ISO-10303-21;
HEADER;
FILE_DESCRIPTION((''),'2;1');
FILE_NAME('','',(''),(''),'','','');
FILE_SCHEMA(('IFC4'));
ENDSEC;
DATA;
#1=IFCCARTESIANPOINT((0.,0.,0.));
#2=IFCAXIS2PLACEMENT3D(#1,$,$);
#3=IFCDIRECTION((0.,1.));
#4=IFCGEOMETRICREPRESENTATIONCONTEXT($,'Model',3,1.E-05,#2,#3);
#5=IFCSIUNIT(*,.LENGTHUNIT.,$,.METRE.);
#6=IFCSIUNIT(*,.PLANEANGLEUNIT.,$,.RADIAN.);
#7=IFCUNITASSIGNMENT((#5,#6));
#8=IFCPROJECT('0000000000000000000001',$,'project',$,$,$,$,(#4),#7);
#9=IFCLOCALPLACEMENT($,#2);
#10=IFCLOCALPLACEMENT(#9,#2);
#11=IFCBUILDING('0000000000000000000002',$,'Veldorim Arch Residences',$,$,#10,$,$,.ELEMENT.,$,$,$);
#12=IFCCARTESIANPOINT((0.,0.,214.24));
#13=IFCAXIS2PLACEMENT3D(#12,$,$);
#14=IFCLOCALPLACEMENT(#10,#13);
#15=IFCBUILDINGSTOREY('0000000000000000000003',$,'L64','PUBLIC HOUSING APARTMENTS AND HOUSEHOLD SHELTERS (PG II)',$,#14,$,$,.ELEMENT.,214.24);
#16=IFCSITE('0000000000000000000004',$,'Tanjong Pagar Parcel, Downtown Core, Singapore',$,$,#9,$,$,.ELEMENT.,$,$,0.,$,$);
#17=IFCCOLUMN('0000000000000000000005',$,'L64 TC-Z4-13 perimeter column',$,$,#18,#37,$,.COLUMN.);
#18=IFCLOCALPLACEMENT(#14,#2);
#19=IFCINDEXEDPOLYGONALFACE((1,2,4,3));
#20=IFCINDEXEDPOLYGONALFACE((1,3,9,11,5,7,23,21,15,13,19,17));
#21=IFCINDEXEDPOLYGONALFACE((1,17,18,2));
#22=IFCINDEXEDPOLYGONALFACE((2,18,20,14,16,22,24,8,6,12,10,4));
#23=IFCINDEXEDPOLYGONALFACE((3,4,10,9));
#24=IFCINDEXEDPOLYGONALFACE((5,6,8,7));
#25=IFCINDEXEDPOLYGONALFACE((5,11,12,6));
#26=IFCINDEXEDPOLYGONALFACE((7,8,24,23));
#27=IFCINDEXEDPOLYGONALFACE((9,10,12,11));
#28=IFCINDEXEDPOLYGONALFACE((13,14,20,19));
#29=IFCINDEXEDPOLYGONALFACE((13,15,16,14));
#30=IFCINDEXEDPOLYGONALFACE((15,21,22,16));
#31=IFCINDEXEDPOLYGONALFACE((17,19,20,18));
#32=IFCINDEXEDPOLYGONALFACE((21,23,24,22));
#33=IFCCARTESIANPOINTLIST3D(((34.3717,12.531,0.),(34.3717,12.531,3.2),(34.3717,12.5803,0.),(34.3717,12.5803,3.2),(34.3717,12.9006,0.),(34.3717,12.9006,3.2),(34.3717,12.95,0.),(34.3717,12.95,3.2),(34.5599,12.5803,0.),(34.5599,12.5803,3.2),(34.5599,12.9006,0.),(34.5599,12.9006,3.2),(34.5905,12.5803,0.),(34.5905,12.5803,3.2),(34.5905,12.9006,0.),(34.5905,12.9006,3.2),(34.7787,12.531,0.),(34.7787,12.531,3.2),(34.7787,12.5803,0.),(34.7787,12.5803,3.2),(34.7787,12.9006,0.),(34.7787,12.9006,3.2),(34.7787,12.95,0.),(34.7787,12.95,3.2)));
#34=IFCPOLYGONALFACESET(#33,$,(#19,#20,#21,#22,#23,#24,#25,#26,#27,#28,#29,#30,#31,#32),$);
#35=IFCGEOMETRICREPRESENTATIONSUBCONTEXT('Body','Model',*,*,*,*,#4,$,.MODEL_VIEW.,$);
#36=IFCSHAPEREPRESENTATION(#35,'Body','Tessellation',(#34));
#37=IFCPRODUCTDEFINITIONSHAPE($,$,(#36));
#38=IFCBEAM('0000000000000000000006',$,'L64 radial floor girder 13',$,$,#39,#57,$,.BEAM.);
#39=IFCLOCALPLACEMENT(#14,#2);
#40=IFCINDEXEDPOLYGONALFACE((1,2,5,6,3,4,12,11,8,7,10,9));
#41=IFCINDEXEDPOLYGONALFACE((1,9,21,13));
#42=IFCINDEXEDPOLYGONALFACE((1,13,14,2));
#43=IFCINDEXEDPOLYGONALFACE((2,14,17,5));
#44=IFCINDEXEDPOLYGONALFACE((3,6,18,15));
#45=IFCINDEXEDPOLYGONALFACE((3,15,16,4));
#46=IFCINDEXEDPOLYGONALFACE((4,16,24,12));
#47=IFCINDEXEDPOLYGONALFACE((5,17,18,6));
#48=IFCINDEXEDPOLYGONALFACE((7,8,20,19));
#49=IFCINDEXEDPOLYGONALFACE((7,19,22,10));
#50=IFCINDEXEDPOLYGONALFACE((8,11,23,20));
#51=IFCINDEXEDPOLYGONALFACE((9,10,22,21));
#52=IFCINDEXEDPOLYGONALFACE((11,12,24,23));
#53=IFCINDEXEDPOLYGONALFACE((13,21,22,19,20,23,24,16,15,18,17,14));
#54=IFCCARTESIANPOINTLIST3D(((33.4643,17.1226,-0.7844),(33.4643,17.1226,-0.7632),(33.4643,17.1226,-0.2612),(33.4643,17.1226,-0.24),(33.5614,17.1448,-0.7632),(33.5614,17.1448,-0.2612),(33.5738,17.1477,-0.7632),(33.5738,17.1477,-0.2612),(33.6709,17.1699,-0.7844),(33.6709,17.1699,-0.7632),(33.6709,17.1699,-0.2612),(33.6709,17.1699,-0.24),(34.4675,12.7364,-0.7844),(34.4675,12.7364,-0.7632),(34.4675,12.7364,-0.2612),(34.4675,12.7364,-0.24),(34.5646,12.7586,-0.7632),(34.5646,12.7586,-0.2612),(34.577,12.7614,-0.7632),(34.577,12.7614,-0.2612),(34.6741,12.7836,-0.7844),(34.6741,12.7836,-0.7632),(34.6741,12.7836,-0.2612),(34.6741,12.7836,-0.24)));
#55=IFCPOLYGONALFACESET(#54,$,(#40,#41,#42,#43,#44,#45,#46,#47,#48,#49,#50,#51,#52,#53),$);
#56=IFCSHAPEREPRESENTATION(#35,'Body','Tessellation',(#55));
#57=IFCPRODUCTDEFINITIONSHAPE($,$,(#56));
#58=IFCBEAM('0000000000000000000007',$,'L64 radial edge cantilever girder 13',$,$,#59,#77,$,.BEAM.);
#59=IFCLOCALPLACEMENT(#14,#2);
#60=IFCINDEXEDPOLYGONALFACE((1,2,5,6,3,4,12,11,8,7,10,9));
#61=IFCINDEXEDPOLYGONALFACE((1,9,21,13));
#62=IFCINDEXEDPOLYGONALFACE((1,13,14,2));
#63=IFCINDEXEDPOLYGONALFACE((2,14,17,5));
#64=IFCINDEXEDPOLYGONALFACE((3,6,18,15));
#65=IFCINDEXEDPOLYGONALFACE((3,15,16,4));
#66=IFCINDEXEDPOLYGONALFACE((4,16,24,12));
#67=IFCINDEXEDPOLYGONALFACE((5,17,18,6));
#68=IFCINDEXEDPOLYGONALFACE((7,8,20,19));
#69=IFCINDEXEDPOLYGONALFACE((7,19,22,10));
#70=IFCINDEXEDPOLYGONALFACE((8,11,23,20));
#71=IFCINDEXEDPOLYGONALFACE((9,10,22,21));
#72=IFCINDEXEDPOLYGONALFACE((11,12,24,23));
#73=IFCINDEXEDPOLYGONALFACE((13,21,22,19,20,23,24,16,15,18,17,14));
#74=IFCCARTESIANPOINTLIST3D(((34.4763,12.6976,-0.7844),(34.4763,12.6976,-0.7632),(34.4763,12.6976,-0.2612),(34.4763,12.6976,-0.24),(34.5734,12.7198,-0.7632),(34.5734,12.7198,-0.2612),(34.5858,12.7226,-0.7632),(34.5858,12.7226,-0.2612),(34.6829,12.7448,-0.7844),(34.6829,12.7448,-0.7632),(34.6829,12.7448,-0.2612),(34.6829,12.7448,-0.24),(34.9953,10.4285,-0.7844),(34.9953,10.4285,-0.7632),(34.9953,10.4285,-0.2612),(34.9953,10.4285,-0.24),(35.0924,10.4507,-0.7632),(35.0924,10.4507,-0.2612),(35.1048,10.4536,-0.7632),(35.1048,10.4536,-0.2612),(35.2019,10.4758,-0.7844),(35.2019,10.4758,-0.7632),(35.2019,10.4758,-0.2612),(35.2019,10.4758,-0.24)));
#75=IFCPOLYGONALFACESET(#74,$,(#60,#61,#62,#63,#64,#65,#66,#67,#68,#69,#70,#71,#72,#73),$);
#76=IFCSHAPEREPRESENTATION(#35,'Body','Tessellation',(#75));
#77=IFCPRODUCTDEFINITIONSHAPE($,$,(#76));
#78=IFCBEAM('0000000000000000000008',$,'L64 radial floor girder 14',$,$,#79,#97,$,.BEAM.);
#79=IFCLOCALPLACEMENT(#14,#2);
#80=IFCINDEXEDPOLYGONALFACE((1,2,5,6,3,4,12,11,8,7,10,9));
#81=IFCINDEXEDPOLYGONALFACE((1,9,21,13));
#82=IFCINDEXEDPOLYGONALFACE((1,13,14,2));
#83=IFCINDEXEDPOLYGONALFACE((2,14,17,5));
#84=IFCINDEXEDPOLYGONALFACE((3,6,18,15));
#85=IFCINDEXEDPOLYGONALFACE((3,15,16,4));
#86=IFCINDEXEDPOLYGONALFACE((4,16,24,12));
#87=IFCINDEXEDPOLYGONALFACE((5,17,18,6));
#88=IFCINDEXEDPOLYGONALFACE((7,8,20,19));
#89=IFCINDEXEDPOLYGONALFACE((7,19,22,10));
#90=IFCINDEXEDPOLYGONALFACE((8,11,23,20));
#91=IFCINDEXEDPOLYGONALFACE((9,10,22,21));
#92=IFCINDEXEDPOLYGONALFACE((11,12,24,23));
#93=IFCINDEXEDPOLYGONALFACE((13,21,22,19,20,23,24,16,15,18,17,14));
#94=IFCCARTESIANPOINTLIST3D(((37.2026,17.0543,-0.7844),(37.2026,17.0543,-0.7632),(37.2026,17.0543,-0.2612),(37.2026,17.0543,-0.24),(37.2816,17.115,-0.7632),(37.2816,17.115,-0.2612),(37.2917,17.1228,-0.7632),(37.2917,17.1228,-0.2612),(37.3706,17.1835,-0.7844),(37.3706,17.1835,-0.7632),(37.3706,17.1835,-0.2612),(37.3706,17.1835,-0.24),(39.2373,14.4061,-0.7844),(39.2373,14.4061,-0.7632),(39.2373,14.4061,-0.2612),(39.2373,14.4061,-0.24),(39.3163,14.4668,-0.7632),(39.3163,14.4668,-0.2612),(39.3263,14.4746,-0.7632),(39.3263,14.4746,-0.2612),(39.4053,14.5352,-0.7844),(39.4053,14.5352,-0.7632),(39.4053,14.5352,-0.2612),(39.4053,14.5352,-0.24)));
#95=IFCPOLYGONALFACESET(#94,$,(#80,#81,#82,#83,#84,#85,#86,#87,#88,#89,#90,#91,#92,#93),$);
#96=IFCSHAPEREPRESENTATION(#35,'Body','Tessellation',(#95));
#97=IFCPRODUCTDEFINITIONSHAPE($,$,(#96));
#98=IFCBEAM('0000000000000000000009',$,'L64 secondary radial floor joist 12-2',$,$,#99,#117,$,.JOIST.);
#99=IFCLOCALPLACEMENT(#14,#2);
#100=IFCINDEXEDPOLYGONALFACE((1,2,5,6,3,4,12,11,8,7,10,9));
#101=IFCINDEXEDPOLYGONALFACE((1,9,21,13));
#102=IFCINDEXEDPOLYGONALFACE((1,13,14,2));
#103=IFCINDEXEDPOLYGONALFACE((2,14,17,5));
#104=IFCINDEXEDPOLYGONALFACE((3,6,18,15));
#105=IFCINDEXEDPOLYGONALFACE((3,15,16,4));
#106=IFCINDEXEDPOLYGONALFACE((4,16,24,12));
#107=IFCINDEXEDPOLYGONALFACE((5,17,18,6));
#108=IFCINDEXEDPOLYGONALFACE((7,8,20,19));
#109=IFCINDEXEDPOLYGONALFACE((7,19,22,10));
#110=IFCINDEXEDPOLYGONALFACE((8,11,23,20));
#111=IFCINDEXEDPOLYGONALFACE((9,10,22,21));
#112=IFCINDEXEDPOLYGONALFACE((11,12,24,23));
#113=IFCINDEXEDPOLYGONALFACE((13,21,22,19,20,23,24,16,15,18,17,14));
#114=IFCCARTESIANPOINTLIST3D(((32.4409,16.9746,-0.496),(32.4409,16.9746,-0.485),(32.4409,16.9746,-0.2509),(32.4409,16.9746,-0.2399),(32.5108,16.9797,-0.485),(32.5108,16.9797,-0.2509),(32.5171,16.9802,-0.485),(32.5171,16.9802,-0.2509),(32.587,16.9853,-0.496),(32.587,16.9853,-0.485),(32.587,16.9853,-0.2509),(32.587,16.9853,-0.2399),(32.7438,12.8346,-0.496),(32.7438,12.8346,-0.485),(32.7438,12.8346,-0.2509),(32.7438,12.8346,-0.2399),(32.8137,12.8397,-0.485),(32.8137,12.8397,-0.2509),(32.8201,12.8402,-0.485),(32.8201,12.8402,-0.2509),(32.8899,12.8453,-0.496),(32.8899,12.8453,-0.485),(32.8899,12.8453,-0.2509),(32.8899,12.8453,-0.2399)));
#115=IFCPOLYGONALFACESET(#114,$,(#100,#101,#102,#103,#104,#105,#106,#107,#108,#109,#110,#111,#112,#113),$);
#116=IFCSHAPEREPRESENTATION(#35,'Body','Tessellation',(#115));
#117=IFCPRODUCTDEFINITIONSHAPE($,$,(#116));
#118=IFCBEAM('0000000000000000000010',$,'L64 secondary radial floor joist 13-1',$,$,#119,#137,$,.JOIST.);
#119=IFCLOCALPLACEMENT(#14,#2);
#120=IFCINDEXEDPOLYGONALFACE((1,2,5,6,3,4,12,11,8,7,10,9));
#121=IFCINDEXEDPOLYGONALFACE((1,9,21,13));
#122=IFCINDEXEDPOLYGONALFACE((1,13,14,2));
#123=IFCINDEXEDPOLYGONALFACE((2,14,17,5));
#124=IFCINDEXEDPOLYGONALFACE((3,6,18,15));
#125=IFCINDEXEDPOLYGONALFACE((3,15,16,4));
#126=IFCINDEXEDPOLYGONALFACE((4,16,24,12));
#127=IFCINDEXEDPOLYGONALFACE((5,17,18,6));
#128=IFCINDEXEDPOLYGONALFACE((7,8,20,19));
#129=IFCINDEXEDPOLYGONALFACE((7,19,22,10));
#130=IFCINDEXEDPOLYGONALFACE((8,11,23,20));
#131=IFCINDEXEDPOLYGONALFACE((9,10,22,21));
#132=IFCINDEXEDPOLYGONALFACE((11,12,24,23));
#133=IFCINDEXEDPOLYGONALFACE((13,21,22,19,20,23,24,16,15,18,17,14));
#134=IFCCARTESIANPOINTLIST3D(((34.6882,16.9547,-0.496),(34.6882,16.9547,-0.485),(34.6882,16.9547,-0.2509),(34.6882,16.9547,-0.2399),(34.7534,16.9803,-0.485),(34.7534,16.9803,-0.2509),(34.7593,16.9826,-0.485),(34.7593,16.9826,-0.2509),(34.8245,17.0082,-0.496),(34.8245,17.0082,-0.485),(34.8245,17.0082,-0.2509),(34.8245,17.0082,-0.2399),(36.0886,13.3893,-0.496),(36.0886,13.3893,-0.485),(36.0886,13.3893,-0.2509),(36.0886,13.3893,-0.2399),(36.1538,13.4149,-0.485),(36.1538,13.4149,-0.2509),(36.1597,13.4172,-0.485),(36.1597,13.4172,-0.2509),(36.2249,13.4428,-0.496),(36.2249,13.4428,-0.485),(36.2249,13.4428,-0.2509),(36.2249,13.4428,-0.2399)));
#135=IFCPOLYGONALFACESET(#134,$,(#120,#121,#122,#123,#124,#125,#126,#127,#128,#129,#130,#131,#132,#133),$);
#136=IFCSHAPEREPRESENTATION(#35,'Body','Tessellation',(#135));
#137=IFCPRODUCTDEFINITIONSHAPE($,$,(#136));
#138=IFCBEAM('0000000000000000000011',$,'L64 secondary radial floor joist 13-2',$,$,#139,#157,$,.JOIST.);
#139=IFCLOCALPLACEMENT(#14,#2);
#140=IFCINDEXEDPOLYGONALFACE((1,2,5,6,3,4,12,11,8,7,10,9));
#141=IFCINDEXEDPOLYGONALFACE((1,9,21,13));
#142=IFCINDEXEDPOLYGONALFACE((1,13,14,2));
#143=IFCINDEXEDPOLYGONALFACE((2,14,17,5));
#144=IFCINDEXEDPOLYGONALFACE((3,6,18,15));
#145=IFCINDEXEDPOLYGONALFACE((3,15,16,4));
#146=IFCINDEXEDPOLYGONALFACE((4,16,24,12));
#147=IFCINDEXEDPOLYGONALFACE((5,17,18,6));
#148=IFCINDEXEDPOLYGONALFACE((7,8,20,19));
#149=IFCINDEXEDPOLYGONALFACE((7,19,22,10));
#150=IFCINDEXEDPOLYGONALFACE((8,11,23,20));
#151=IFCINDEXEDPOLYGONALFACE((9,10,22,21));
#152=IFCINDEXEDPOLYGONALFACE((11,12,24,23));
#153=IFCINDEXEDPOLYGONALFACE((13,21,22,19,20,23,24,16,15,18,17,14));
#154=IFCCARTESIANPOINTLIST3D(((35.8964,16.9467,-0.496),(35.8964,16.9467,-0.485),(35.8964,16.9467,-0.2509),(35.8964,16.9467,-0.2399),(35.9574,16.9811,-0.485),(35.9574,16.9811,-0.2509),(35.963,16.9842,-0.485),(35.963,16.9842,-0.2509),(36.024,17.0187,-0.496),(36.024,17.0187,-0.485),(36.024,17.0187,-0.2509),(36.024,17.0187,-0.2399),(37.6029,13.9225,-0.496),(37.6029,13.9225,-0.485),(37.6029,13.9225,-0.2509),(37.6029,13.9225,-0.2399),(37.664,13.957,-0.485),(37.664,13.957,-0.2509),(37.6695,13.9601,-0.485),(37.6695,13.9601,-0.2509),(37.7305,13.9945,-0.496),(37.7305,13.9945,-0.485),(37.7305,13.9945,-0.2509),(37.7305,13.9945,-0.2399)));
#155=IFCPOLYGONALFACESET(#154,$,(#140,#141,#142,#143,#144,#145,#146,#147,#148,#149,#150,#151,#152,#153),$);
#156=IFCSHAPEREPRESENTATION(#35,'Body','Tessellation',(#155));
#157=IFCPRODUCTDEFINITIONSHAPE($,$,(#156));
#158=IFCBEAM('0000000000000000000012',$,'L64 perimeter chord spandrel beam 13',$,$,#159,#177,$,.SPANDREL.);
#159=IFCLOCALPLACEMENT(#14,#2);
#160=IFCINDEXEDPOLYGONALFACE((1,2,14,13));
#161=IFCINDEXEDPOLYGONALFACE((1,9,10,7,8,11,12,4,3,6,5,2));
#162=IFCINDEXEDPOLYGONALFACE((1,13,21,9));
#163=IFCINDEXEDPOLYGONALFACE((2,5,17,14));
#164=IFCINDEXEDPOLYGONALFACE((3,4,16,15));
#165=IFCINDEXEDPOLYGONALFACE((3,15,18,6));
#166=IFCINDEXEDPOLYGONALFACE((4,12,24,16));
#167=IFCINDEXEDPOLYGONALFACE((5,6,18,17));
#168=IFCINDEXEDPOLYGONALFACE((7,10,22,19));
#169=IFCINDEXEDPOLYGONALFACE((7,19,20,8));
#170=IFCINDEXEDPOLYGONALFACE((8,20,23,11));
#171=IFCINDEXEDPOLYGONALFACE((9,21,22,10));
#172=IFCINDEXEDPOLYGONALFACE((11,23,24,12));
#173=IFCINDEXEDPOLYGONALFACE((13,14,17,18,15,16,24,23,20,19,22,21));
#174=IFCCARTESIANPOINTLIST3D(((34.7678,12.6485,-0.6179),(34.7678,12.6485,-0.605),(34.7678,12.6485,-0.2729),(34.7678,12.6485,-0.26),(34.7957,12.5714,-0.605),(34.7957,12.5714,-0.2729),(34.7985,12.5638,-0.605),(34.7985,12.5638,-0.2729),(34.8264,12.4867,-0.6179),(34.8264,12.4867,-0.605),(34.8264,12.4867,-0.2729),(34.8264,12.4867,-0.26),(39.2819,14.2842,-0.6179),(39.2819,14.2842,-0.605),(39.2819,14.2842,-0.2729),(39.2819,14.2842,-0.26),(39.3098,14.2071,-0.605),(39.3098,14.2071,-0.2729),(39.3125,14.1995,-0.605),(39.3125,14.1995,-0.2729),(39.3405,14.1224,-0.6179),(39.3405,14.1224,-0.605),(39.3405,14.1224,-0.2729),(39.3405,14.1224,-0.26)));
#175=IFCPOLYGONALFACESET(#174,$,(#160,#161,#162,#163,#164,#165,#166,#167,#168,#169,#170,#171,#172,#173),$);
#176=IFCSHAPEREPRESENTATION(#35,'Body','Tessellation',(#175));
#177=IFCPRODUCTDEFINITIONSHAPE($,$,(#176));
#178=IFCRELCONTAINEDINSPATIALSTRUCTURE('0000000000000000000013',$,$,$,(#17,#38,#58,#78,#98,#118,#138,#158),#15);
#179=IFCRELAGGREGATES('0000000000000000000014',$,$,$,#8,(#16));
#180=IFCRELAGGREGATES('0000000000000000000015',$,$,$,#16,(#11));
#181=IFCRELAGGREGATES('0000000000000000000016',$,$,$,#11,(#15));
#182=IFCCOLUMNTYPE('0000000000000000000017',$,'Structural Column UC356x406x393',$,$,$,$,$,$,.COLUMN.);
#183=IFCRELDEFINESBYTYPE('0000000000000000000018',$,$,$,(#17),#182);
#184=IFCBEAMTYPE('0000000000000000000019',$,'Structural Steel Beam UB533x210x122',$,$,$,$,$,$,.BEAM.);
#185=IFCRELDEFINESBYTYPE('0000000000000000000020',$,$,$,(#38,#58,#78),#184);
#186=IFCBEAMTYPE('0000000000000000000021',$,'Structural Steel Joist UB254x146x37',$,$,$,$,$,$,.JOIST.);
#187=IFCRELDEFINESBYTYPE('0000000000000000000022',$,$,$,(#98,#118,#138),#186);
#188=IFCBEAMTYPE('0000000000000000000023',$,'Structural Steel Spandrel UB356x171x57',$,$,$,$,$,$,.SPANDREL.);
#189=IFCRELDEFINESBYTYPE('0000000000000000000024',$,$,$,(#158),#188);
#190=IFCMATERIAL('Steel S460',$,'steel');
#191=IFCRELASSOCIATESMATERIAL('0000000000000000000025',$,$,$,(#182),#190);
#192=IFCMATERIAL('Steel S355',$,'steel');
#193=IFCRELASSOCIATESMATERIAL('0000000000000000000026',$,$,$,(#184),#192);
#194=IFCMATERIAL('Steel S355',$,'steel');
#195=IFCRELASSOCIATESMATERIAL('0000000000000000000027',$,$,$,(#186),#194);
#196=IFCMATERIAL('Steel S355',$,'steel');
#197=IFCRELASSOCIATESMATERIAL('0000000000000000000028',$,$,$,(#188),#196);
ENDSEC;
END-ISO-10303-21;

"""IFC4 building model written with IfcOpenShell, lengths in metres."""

from ifc_helpers import new_model, si_unit, direction, frame, origin, origin_2d, place, context, subcontext, project, spatial, i_section, extrude, material, material_profile, profile_set, type_object, element, save


model = new_model("IFC4")

# Units and contexts
model_context = context("Model", 3, precision=1e-05, world=origin(), true_north=direction((0.0, 1.0)))
body_context = subcontext(model_context, "Body", "Model", "MODEL_VIEW")
ifc_project = project(units=[si_unit("LENGTHUNIT", "METRE"), si_unit("PLANEANGLEUNIT", "RADIAN")], contexts=[model_context])

# Site, building, storey
site_placement = place(None, origin())
site = spatial("IfcSite", under=ifc_project, at=site_placement, Name="Tanjong Pagar Parcel, Downtown Core, Singapore", CompositionType="ELEMENT", RefElevation=0.0)
building_placement = place(site_placement, origin())
building = spatial("IfcBuilding", under=site, at=building_placement, Name="Veldorim Arch Residences", CompositionType="ELEMENT")
storey_placement = place(building_placement, frame((0.0, 0.0, 214.24)))
storey = spatial("IfcBuildingStorey", under=building, at=storey_placement, Name="L64", Description="PUBLIC HOUSING APARTMENTS AND HOUSEHOLD SHELTERS (PG II)", CompositionType="ELEMENT", Elevation=214.24)

# Column
ifc_material_1 = material(Name="Steel S460", Category="steel")
ifc_material_profile_1 = material_profile(ifc_material_1, i_section(OverallWidth=0.407, OverallDepth=0.4189, WebThickness=0.0305, FlangeThickness=0.0493, at=origin_2d()), Name="UC356x406x393")
ifc_profile_set_1 = profile_set([ifc_material_profile_1], Name="Steel S460")
column_type = type_object("IfcColumnType", Name="Structural Column UC356x406x393", PredefinedType="COLUMN", material=ifc_profile_set_1)
column_placement = place(storey_placement, frame((34.5752, 12.7405, 0.0), z_axis=(0.0, 0.0, 1.0), x_axis=(1.0, 0.0, 0.0)))
element("IfcColumn", 1, at=column_placement, inside=storey, type_object=column_type, Name="L64 TC-Z4-13 perimeter column", PredefinedType="COLUMN", context=body_context, shape_type="SweptSolid", body=[
    extrude(i_section(OverallWidth=0.407, OverallDepth=0.4189, WebThickness=0.0305, FlangeThickness=0.0493, at=origin_2d()), origin(), (0.0, 0.0, 1.0), 3.2),
])

# Beams
ifc_material_2 = material(Name="Steel S355", Category="steel")
ifc_material_profile_2 = material_profile(ifc_material_2, i_section(OverallWidth=0.2119, OverallDepth=0.5444, WebThickness=0.0127, FlangeThickness=0.0212, at=origin_2d()), Name="UB533x210x122")
ifc_profile_set_2 = profile_set([ifc_material_profile_2], Name="Steel S355")
beam_type_1 = type_object("IfcBeamType", Name="Structural Steel Beam UB533x210x122", PredefinedType="BEAM", material=ifc_profile_set_2)
beam_1_placement = place(storey_placement, frame((33.5676, 17.1462, -0.5122), z_axis=(0.222953, -0.974829, 0.0), x_axis=(0.974829, 0.222953, 0.0)))
element("IfcBeam", 2, at=beam_1_placement, inside=storey, type_object=beam_type_1, Name="L64 radial floor girder 13", PredefinedType="BEAM", context=body_context, shape_type="SweptSolid", body=[
    extrude(i_section(OverallWidth=0.2119, OverallDepth=0.5444, WebThickness=0.0127, FlangeThickness=0.0212, at=origin_2d()), origin(), (0.0, 0.0, 1.0), 4.4995),
])
beam_2_placement = place(storey_placement, frame((34.5796, 12.7212, -0.5122), z_axis=(0.22299, -0.974821, 0.0), x_axis=(0.974821, 0.22299, 0.0)))
element("IfcBeam", 3, at=beam_2_placement, inside=storey, type_object=beam_type_1, Name="L64 radial edge cantilever girder 13", PredefinedType="BEAM", context=body_context, shape_type="SweptSolid", body=[
    extrude(i_section(OverallWidth=0.2119, OverallDepth=0.5444, WebThickness=0.0127, FlangeThickness=0.0212, at=origin_2d()), origin(), (0.0, 0.0, 1.0), 2.3276),
])
beam_3_placement = place(storey_placement, frame((37.2866, 17.1189, -0.5122), z_axis=(0.609258, -0.792972, 0.0), x_axis=(0.792972, 0.609258, 0.0)))
element("IfcBeam", 4, at=beam_3_placement, inside=storey, type_object=beam_type_1, Name="L64 radial floor girder 14", PredefinedType="BEAM", context=body_context, shape_type="SweptSolid", body=[
    extrude(i_section(OverallWidth=0.2119, OverallDepth=0.5444, WebThickness=0.0127, FlangeThickness=0.0212, at=origin_2d()), origin(), (0.0, 0.0, 1.0), 3.3396),
])
ifc_material_3 = material(Name="Steel S355", Category="steel")
ifc_material_profile_3 = material_profile(ifc_material_3, i_section(OverallWidth=0.1465, OverallDepth=0.2561, WebThickness=0.0063, FlangeThickness=0.011, at=origin_2d()), Name="UB254x146x37")
ifc_profile_set_3 = profile_set([ifc_material_profile_3], Name="Steel S355")
beam_type_2 = type_object("IfcBeamType", Name="Structural Steel Joist UB254x146x37", PredefinedType="JOIST", material=ifc_profile_set_3)
beam_4_placement = place(storey_placement, frame((32.5139, 16.98, -0.3679), z_axis=(0.072986, -0.997333, 0.0), x_axis=(0.997333, 0.072986, 0.0)))
element("IfcBeam", 5, at=beam_4_placement, inside=storey, type_object=beam_type_2, Name="L64 secondary radial floor joist 12-2", PredefinedType="JOIST", context=body_context, shape_type="SweptSolid", body=[
    extrude(i_section(OverallWidth=0.1465, OverallDepth=0.2561, WebThickness=0.0063, FlangeThickness=0.011, at=origin_2d()), origin(), (0.0, 0.0, 1.0), 4.1511),
])
beam_5_placement = place(storey_placement, frame((34.7563, 16.9814, -0.3679), z_axis=(0.365581, -0.930779, 0.0), x_axis=(0.930779, 0.365581, 0.0)))
element("IfcBeam", 6, at=beam_5_placement, inside=storey, type_object=beam_type_2, Name="L64 secondary radial floor joist 13-1", PredefinedType="JOIST", context=body_context, shape_type="SweptSolid", body=[
    extrude(i_section(OverallWidth=0.1465, OverallDepth=0.2561, WebThickness=0.0063, FlangeThickness=0.011, at=origin_2d()), origin(), (0.0, 0.0, 1.0), 3.8306),
])
beam_6_placement = place(storey_placement, frame((35.9602, 16.9827, -0.3679), z_axis=(0.491452, -0.870904, 0.0), x_axis=(0.870904, 0.491452, 0.0)))
element("IfcBeam", 7, at=beam_6_placement, inside=storey, type_object=beam_type_2, Name="L64 secondary radial floor joist 13-2", PredefinedType="JOIST", context=body_context, shape_type="SweptSolid", body=[
    extrude(i_section(OverallWidth=0.1465, OverallDepth=0.2561, WebThickness=0.0063, FlangeThickness=0.011, at=origin_2d()), origin(), (0.0, 0.0, 1.0), 3.4724),
])
ifc_material_4 = material(Name="Steel S355", Category="steel")
ifc_material_profile_4 = material_profile(ifc_material_4, i_section(OverallWidth=0.1721, OverallDepth=0.3579, WebThickness=0.0081, FlangeThickness=0.0129, at=origin_2d()), Name="UB356x171x57")
ifc_profile_set_4 = profile_set([ifc_material_profile_4], Name="Steel S355")
beam_type_3 = type_object("IfcBeamType", Name="Structural Steel Spandrel UB356x171x57", PredefinedType="SPANDREL", material=ifc_profile_set_4)
beam_7_placement = place(storey_placement, frame((34.7971, 12.5676, -0.439), z_axis=(0.940179, 0.340681, 0.0), x_axis=(-0.340681, 0.940179, 0.0)))
element("IfcBeam", 8, at=beam_7_placement, inside=storey, type_object=beam_type_3, Name="L64 perimeter chord spandrel beam 13", PredefinedType="SPANDREL", context=body_context, shape_type="SweptSolid", body=[
    extrude(i_section(OverallWidth=0.1721, OverallDepth=0.3579, WebThickness=0.0081, FlangeThickness=0.0129, at=origin_2d()), origin(), (0.0, 0.0, 1.0), 4.8013),
])

save(model, "model.ifc")
